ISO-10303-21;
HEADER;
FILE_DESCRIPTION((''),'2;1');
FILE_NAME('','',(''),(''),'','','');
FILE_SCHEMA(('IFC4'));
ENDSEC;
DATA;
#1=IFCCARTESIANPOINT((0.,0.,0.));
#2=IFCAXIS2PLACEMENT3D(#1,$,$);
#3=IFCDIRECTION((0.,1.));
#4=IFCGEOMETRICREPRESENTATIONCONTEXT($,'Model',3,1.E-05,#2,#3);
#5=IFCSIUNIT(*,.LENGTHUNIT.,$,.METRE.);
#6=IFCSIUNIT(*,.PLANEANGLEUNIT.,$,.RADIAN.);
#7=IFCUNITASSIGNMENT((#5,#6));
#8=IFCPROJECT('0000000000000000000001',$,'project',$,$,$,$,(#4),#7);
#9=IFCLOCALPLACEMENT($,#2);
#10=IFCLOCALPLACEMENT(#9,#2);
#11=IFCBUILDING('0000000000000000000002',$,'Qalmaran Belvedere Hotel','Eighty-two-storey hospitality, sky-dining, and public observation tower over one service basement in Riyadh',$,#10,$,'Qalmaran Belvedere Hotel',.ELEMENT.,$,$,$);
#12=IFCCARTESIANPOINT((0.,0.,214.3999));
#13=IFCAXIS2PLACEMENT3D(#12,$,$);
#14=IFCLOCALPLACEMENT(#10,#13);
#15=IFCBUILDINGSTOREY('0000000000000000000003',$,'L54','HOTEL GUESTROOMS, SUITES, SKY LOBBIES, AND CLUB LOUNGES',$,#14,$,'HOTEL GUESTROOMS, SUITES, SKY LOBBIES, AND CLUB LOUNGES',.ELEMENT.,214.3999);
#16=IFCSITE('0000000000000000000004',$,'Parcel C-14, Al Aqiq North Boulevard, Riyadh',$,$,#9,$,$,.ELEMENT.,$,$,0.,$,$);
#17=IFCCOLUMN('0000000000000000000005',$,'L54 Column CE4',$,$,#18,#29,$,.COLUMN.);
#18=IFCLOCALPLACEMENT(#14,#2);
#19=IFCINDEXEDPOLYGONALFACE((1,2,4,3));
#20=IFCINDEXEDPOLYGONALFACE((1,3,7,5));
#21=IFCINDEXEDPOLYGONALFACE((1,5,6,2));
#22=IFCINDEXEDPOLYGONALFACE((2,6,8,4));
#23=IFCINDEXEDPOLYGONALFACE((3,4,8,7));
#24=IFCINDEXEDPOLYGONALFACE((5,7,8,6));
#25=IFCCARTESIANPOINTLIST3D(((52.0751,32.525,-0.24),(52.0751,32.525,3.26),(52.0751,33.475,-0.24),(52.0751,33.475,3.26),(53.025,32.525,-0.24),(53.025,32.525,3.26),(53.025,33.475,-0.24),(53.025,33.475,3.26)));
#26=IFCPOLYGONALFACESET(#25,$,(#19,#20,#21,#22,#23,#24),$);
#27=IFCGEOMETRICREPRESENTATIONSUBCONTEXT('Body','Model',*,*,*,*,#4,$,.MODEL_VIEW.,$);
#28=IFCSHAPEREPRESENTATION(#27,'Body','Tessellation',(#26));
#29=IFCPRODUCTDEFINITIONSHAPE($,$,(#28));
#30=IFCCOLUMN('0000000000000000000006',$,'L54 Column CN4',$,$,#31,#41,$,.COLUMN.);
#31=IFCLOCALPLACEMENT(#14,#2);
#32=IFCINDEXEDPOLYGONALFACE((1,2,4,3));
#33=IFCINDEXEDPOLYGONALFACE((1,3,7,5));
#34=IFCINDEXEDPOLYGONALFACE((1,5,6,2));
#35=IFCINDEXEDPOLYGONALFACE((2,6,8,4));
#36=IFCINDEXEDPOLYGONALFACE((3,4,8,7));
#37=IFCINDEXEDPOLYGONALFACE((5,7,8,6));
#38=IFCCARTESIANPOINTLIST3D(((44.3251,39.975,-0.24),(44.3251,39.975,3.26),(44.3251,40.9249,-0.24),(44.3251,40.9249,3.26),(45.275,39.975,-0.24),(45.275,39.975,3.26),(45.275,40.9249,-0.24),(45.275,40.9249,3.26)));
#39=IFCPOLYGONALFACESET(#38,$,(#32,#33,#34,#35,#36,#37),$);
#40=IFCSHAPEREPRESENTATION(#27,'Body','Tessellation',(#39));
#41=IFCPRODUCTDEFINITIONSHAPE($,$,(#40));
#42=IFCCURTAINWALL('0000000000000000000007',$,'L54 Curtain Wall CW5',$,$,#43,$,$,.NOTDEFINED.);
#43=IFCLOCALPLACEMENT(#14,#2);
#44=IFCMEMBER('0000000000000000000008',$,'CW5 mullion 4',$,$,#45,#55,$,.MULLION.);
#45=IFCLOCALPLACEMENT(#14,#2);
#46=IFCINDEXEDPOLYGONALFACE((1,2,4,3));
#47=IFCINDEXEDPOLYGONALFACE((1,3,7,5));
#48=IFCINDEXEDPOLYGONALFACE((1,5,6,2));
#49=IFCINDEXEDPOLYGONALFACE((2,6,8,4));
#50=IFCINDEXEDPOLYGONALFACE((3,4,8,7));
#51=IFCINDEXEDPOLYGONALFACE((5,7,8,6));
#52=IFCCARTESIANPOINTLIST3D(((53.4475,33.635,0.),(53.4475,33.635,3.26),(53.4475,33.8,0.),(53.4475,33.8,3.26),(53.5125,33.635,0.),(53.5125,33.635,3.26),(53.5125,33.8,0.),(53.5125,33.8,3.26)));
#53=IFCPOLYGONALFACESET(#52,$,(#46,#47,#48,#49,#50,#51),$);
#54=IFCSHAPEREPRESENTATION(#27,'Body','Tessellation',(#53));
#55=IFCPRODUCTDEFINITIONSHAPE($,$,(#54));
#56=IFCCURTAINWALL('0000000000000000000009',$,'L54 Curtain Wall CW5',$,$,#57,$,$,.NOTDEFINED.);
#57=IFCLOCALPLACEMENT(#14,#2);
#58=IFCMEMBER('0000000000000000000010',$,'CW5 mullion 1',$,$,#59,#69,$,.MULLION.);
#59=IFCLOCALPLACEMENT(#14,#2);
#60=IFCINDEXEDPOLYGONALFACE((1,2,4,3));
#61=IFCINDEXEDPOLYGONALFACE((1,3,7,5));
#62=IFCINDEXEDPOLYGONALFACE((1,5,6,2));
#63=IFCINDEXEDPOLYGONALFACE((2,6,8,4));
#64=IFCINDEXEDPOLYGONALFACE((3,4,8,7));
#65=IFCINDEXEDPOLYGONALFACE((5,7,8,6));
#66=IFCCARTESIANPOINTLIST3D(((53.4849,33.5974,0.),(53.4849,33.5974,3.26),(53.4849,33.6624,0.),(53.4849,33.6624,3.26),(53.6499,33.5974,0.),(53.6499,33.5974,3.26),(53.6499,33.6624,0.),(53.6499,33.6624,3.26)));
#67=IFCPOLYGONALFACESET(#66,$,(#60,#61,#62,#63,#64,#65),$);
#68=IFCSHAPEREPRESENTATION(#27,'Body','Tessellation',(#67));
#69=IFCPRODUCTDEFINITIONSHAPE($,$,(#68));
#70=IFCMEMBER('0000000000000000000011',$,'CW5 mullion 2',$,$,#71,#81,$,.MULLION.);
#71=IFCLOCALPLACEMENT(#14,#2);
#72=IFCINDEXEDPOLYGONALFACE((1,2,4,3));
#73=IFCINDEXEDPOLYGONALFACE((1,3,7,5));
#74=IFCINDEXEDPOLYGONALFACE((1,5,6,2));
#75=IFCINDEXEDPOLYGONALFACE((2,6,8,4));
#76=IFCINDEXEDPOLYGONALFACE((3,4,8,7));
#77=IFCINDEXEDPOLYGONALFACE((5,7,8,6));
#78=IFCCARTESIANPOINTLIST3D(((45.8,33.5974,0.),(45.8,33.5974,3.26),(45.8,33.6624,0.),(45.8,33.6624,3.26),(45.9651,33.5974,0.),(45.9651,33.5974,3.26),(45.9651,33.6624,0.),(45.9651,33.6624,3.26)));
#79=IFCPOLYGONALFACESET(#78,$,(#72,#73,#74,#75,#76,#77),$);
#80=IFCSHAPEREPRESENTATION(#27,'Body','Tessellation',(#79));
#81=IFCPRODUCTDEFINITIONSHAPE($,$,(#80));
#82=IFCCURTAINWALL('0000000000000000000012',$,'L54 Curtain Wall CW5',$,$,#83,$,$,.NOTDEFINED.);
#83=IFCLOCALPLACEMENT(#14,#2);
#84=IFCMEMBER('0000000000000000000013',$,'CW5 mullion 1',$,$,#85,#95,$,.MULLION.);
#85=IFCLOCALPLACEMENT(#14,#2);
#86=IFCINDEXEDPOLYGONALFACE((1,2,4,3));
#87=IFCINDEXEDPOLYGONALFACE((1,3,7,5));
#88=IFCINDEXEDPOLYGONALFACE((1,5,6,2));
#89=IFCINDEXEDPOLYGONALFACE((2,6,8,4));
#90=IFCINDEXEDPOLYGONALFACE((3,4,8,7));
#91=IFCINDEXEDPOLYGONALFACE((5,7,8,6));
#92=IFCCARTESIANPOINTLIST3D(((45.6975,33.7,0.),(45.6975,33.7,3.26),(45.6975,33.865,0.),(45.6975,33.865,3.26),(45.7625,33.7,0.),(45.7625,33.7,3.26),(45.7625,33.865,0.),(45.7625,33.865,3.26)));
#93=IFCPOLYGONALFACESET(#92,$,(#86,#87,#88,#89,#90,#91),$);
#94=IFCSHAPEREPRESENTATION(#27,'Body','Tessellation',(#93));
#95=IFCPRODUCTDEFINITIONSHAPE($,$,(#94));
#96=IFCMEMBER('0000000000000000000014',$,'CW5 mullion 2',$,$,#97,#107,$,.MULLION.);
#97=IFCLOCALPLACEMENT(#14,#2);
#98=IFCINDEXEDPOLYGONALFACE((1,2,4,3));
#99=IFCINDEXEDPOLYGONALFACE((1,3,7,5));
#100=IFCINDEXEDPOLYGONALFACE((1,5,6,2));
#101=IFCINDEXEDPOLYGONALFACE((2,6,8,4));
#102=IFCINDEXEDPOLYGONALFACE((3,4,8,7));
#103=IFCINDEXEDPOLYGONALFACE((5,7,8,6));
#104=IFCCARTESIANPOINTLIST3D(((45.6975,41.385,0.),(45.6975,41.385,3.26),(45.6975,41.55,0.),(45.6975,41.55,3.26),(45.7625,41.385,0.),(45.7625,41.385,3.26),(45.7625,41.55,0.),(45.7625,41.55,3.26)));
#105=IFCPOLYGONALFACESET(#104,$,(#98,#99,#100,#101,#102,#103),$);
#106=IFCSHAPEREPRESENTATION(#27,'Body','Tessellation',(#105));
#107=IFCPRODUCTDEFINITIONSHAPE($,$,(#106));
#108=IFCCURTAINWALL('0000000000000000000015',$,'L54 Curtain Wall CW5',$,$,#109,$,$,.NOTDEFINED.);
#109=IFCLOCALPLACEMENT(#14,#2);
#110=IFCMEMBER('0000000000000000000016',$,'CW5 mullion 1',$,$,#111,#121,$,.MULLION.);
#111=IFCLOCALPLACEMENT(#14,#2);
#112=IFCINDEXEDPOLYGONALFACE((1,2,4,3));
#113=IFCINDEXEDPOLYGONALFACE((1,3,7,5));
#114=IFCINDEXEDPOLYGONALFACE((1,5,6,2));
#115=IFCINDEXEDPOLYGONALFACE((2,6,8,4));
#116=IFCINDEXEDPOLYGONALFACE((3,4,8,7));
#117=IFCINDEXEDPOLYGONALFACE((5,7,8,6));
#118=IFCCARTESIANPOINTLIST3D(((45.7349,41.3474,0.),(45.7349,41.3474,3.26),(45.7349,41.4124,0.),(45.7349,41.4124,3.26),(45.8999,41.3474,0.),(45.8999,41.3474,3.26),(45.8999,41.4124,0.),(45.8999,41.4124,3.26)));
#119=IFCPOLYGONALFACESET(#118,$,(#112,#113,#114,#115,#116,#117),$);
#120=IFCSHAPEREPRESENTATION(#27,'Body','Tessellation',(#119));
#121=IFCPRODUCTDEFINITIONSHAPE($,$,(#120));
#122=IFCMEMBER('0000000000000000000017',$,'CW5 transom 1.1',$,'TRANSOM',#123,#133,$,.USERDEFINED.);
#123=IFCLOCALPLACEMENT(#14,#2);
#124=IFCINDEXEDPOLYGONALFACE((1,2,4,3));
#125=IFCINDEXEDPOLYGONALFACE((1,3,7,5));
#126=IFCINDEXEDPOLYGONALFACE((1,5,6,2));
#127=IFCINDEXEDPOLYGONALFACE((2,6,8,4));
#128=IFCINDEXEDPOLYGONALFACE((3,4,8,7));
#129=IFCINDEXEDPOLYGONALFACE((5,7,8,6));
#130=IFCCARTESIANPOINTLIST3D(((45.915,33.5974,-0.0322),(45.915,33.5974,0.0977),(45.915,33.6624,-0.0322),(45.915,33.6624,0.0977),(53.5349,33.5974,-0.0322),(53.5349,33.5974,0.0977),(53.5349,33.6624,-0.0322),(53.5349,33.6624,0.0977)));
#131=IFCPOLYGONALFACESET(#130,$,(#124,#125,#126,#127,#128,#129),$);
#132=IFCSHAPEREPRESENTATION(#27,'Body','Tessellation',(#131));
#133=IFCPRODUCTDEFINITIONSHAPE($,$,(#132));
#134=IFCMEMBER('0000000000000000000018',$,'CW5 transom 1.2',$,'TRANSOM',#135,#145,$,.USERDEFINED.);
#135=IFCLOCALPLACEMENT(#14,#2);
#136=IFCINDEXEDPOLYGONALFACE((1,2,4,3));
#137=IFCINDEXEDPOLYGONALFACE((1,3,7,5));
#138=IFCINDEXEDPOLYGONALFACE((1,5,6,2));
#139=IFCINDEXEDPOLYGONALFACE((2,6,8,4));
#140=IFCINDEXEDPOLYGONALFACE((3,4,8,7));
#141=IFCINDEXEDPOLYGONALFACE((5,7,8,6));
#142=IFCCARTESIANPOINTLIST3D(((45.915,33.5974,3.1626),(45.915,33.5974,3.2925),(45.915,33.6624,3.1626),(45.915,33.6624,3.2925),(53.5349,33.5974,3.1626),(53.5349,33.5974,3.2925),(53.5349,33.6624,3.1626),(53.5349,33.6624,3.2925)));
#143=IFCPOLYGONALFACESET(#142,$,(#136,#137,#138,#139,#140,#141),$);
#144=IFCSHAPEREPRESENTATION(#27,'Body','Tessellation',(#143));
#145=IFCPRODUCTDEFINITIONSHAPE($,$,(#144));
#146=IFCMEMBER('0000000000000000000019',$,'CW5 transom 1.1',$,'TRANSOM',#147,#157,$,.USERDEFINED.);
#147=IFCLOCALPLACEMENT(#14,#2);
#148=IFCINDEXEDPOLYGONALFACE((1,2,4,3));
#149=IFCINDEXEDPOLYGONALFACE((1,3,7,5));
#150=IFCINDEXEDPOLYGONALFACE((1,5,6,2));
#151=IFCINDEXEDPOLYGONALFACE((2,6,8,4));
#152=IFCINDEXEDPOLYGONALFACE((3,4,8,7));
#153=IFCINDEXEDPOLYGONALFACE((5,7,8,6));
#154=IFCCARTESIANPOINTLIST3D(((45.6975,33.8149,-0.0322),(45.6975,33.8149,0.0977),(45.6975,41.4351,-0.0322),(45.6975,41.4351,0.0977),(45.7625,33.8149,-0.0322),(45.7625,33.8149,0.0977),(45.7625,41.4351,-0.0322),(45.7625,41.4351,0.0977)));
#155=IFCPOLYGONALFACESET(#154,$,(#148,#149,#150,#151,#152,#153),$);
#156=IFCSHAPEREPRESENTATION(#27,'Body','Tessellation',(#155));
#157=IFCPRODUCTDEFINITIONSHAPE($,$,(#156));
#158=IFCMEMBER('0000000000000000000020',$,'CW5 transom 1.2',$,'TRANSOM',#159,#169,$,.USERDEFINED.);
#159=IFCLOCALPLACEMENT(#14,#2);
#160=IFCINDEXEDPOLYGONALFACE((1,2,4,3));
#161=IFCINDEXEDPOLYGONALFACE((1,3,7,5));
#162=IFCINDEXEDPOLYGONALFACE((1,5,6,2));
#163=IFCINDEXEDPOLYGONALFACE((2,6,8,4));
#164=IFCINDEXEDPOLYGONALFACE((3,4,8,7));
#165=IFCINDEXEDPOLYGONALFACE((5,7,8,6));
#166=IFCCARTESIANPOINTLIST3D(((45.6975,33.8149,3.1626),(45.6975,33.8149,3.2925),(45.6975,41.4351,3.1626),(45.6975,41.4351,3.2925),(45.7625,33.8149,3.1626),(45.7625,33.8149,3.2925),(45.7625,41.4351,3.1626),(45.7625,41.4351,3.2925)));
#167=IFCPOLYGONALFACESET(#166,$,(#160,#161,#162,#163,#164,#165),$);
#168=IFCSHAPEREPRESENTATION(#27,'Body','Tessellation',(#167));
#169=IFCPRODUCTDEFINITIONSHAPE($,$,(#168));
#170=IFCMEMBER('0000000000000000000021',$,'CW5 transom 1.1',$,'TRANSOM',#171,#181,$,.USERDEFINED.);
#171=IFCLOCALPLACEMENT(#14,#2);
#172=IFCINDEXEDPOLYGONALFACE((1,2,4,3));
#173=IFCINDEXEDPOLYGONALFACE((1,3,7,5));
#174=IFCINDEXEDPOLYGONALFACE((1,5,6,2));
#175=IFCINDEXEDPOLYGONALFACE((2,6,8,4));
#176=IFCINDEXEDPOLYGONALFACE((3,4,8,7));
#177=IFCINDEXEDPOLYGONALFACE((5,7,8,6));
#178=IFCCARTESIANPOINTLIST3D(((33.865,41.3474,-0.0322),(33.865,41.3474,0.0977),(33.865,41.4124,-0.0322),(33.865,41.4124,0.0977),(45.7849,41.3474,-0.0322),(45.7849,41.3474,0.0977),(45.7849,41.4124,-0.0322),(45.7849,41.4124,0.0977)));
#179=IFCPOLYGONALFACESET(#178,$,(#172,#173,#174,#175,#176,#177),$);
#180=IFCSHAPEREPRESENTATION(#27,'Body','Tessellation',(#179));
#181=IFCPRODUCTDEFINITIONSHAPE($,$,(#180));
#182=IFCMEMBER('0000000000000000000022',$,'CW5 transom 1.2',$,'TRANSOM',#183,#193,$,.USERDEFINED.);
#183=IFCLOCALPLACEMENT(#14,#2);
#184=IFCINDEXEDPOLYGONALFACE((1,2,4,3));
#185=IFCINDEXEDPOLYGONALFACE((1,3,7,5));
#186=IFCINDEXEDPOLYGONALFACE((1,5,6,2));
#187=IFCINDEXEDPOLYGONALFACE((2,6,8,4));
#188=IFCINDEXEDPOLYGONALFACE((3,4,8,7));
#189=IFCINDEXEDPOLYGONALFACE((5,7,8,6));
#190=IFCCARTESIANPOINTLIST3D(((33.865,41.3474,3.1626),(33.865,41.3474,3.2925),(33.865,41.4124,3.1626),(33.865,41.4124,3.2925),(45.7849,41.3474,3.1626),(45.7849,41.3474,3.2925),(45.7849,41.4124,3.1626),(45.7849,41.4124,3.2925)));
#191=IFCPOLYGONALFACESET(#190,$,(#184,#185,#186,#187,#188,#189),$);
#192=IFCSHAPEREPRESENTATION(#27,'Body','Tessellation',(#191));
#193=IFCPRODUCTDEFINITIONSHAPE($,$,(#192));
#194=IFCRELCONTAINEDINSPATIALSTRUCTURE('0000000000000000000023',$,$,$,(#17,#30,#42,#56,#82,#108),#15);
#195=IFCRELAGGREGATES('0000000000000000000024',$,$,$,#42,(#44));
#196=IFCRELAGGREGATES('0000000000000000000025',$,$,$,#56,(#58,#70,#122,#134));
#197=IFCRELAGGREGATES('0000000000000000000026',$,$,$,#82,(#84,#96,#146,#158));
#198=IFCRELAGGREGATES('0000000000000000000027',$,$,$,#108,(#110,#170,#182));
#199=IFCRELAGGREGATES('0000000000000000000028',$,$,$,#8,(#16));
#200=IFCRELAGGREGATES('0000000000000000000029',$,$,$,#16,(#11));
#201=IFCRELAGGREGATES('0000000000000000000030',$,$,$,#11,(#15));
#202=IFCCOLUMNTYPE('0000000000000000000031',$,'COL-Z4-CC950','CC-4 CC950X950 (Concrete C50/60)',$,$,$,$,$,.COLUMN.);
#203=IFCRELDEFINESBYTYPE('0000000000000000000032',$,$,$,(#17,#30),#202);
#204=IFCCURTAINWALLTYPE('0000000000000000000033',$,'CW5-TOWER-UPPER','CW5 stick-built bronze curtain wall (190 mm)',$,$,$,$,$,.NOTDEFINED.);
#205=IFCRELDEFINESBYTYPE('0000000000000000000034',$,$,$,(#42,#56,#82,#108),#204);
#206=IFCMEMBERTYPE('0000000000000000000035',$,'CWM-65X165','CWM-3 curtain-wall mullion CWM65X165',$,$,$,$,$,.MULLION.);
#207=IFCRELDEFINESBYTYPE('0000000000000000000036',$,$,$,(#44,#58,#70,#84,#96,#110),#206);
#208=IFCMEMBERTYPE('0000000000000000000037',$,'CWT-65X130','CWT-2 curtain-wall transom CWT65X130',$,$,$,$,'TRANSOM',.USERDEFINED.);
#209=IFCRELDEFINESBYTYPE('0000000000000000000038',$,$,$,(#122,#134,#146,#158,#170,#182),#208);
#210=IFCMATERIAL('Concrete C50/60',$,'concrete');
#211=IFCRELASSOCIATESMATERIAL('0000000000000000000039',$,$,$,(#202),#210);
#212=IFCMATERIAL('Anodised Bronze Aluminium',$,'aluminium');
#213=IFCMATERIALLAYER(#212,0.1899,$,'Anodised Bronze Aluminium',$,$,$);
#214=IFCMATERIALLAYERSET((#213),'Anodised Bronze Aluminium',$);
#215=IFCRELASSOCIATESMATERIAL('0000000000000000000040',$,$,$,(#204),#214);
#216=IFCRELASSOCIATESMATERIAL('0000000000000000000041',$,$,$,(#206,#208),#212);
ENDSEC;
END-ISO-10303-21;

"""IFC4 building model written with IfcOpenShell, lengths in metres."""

from ifc_helpers import new_model, si_unit, direction, frame, origin, origin_2d, place, context, subcontext, project, spatial, rectangle, extrude, material, layer, layer_set, material_profile, profile_set, type_object, element, aggregate, save


model = new_model("IFC4")

# Units and contexts
model_context = context("Model", 3, precision=1e-05, world=origin(), true_north=direction((0.0, 1.0)))
body_context = subcontext(model_context, "Body", "Model", "MODEL_VIEW")
ifc_project = project(units=[si_unit("LENGTHUNIT", "METRE"), si_unit("PLANEANGLEUNIT", "RADIAN")], contexts=[model_context])

# Site, building, storey
site_placement = place(None, origin())
site = spatial("IfcSite", under=ifc_project, at=site_placement, Name="Parcel C-14, Al Aqiq North Boulevard, Riyadh", CompositionType="ELEMENT", RefElevation=0.0)
building_placement = place(site_placement, origin())
building = spatial("IfcBuilding", under=site, at=building_placement, Name="Qalmaran Belvedere Hotel", Description="Eighty-two-storey hospitality, sky-dining, and public observation tower over one service basement in Riyadh", LongName="Qalmaran Belvedere Hotel", CompositionType="ELEMENT")
storey_placement = place(building_placement, frame((0.0, 0.0, 214.3999)))
storey = spatial("IfcBuildingStorey", under=building, at=storey_placement, Name="L54", Description="HOTEL GUESTROOMS, SUITES, SKY LOBBIES, AND CLUB LOUNGES", LongName="HOTEL GUESTROOMS, SUITES, SKY LOBBIES, AND CLUB LOUNGES", CompositionType="ELEMENT", Elevation=214.3999)

# Columns
ifc_material_1 = material(Name="Concrete C50/60", Category="concrete")
ifc_material_profile_1 = material_profile(ifc_material_1, rectangle(XDim=0.95, YDim=0.95, at=origin_2d()), Name="CC950X950")
ifc_profile_set_1 = profile_set([ifc_material_profile_1], Name="Concrete C50/60")
column_type = type_object("IfcColumnType", Name="COL-Z4-CC950", Description="CC-4 CC950X950 (Concrete C50/60)", PredefinedType="COLUMN", material=ifc_profile_set_1)
for number, where, z_axis, x_axis, name in (
    (1, (52.55, 33.0, -0.24), (0.0, 0.0, 1.0), (1.0, 0.0, 0.0), "L54 Column CE4"),
    (2, (44.8, 40.45, -0.24), (0.0, 0.0, 1.0), (1.0, 0.0, 0.0), "L54 Column CN4"),
):
    element("IfcColumn", number, at=place(storey_placement, frame(where, z_axis=z_axis, x_axis=x_axis)), inside=storey, type_object=column_type, Name=name, PredefinedType="COLUMN", context=body_context, shape_type="SweptSolid", body=[
        extrude(rectangle(XDim=0.95, YDim=0.95, at=origin_2d()), origin(), (0.0, 0.0, 1.0), 3.5),
    ])

# Curtain wall, member
ifc_material_2 = material(Name="Anodised Bronze Aluminium", Category="aluminium")
ifc_layer_1 = layer(ifc_material_2, 0.1899, Name="Anodised Bronze Aluminium")
ifc_layer_set_1 = layer_set([ifc_layer_1], Name="Anodised Bronze Aluminium")
curtain_wall_type = type_object("IfcCurtainWallType", Name="CW5-TOWER-UPPER", Description="CW5 stick-built bronze curtain wall (190 mm)", PredefinedType="NOTDEFINED", material=ifc_layer_set_1)
curtain_wall_1_placement = place(storey_placement, origin())
curtain_wall_1 = element("IfcCurtainWall", 3, at=curtain_wall_1_placement, inside=storey, type_object=curtain_wall_type, Name="L54 Curtain Wall CW5", PredefinedType="NOTDEFINED")
ifc_material_profile_2 = material_profile(ifc_material_2, rectangle(XDim=0.0649, YDim=0.165, at=origin_2d()), Name="CWM65X165")
ifc_profile_set_2 = profile_set([ifc_material_profile_2], Name="Anodised Bronze Aluminium")
member_type_1 = type_object("IfcMemberType", Name="CWM-65X165", Description="CWM-3 curtain-wall mullion CWM65X165", PredefinedType="MULLION", material=ifc_profile_set_2)
member_1_placement = place(storey_placement, frame((53.48, 33.7175, 0.0), z_axis=(0.0, 0.0, 1.0), x_axis=(-1.0, 0.0, 0.0)))
member_1 = element("IfcMember", 4, at=member_1_placement, type_object=member_type_1, Name="CW5 mullion 4", PredefinedType="MULLION", context=body_context, shape_type="SweptSolid", body=[
    extrude(rectangle(XDim=0.0649, YDim=0.165, at=origin_2d()), origin(), (0.0, 0.0, 1.0), 3.26),
])
aggregate(curtain_wall_1, [member_1])

# Curtain walls, members
curtain_wall_2_placement = place(storey_placement, origin())
curtain_wall_2 = element("IfcCurtainWall", 5, at=curtain_wall_2_placement, inside=storey, type_object=curtain_wall_type, Name="L54 Curtain Wall CW5", PredefinedType="NOTDEFINED")
member_2_placement = place(storey_placement, frame((53.5674, 33.6299, 0.0), z_axis=(0.0, 0.0, 1.0), x_axis=(0.0, -1.0, 0.0)))
member_2 = element("IfcMember", 6, at=member_2_placement, type_object=member_type_1, Name="CW5 mullion 1", PredefinedType="MULLION", context=body_context, shape_type="SweptSolid", body=[
    extrude(rectangle(XDim=0.0649, YDim=0.165, at=origin_2d()), origin(), (0.0, 0.0, 1.0), 3.26),
])
member_3_placement = place(storey_placement, frame((45.8826, 33.6299, 0.0), z_axis=(0.0, 0.0, 1.0), x_axis=(0.0, -1.0, 0.0)))
member_3 = element("IfcMember", 7, at=member_3_placement, type_object=member_type_1, Name="CW5 mullion 2", PredefinedType="MULLION", context=body_context, shape_type="SweptSolid", body=[
    extrude(rectangle(XDim=0.0649, YDim=0.165, at=origin_2d()), origin(), (0.0, 0.0, 1.0), 3.26),
])
curtain_wall_3_placement = place(storey_placement, origin())
curtain_wall_3 = element("IfcCurtainWall", 8, at=curtain_wall_3_placement, inside=storey, type_object=curtain_wall_type, Name="L54 Curtain Wall CW5", PredefinedType="NOTDEFINED")
member_4_placement = place(storey_placement, frame((45.73, 33.7825, 0.0), z_axis=(0.0, 0.0, 1.0), x_axis=(-1.0, 0.0, 0.0)))
member_4 = element("IfcMember", 9, at=member_4_placement, type_object=member_type_1, Name="CW5 mullion 1", PredefinedType="MULLION", context=body_context, shape_type="SweptSolid", body=[
    extrude(rectangle(XDim=0.0649, YDim=0.165, at=origin_2d()), origin(), (0.0, 0.0, 1.0), 3.26),
])
member_5_placement = place(storey_placement, frame((45.73, 41.4675, 0.0), z_axis=(0.0, 0.0, 1.0), x_axis=(-1.0, 0.0, 0.0)))
member_5 = element("IfcMember", 10, at=member_5_placement, type_object=member_type_1, Name="CW5 mullion 2", PredefinedType="MULLION", context=body_context, shape_type="SweptSolid", body=[
    extrude(rectangle(XDim=0.0649, YDim=0.165, at=origin_2d()), origin(), (0.0, 0.0, 1.0), 3.26),
])

# Curtain wall, member
curtain_wall_4_placement = place(storey_placement, origin())
curtain_wall_4 = element("IfcCurtainWall", 11, at=curtain_wall_4_placement, inside=storey, type_object=curtain_wall_type, Name="L54 Curtain Wall CW5", PredefinedType="NOTDEFINED")
member_6_placement = place(storey_placement, frame((45.8174, 41.3799, 0.0), z_axis=(0.0, 0.0, 1.0), x_axis=(0.0, -1.0, 0.0)))
member_6 = element("IfcMember", 12, at=member_6_placement, type_object=member_type_1, Name="CW5 mullion 1", PredefinedType="MULLION", context=body_context, shape_type="SweptSolid", body=[
    extrude(rectangle(XDim=0.0649, YDim=0.165, at=origin_2d()), origin(), (0.0, 0.0, 1.0), 3.26),
])

# Members
ifc_material_profile_3 = material_profile(ifc_material_2, rectangle(XDim=0.0649, YDim=0.1299, at=origin_2d()), Name="CWT65X130")
ifc_profile_set_3 = profile_set([ifc_material_profile_3], Name="Anodised Bronze Aluminium")
member_type_2 = type_object("IfcMemberType", Name="CWT-65X130", Description="CWT-2 curtain-wall transom CWT65X130", ElementType="TRANSOM", PredefinedType="USERDEFINED", material=ifc_profile_set_3)
member_7_placement = place(storey_placement, frame((53.5349, 33.6299, 0.0327), z_axis=(-1.0, 0.0, 0.0), x_axis=(0.0, -1.0, 0.0)))
member_7 = element("IfcMember", 13, at=member_7_placement, type_object=member_type_2, Name="CW5 transom 1.1", ObjectType="TRANSOM", PredefinedType="USERDEFINED", context=body_context, shape_type="SweptSolid", body=[
    extrude(rectangle(XDim=0.0649, YDim=0.1299, at=origin_2d()), origin(), (0.0, 0.0, 1.0), 7.6199),
])
member_8_placement = place(storey_placement, frame((53.5349, 33.6299, 3.2275), z_axis=(-1.0, 0.0, 0.0), x_axis=(0.0, -1.0, 0.0)))
member_8 = element("IfcMember", 14, at=member_8_placement, type_object=member_type_2, Name="CW5 transom 1.2", ObjectType="TRANSOM", PredefinedType="USERDEFINED", context=body_context, shape_type="SweptSolid", body=[
    extrude(rectangle(XDim=0.0649, YDim=0.1299, at=origin_2d()), origin(), (0.0, 0.0, 1.0), 7.6199),
])
member_9_placement = place(storey_placement, frame((45.73, 33.8149, 0.0327), z_axis=(0.0, 1.0, 0.0), x_axis=(-1.0, 0.0, 0.0)))
member_9 = element("IfcMember", 15, at=member_9_placement, type_object=member_type_2, Name="CW5 transom 1.1", ObjectType="TRANSOM", PredefinedType="USERDEFINED", context=body_context, shape_type="SweptSolid", body=[
    extrude(rectangle(XDim=0.0649, YDim=0.1299, at=origin_2d()), origin(), (0.0, 0.0, 1.0), 7.6201),
])
member_10_placement = place(storey_placement, frame((45.73, 33.8149, 3.2275), z_axis=(0.0, 1.0, 0.0), x_axis=(-1.0, 0.0, 0.0)))
member_10 = element("IfcMember", 16, at=member_10_placement, type_object=member_type_2, Name="CW5 transom 1.2", ObjectType="TRANSOM", PredefinedType="USERDEFINED", context=body_context, shape_type="SweptSolid", body=[
    extrude(rectangle(XDim=0.0649, YDim=0.1299, at=origin_2d()), origin(), (0.0, 0.0, 1.0), 7.6201),
])
member_11_placement = place(storey_placement, frame((45.7849, 41.3799, 0.0327), z_axis=(-1.0, 0.0, 0.0), x_axis=(0.0, -1.0, 0.0)))
member_11 = element("IfcMember", 17, at=member_11_placement, type_object=member_type_2, Name="CW5 transom 1.1", ObjectType="TRANSOM", PredefinedType="USERDEFINED", context=body_context, shape_type="SweptSolid", body=[
    extrude(rectangle(XDim=0.0649, YDim=0.1299, at=origin_2d()), origin(), (0.0, 0.0, 1.0), 11.9199),
])
member_12_placement = place(storey_placement, frame((45.7849, 41.3799, 3.2275), z_axis=(-1.0, 0.0, 0.0), x_axis=(0.0, -1.0, 0.0)))
member_12 = element("IfcMember", 18, at=member_12_placement, type_object=member_type_2, Name="CW5 transom 1.2", ObjectType="TRANSOM", PredefinedType="USERDEFINED", context=body_context, shape_type="SweptSolid", body=[
    extrude(rectangle(XDim=0.0649, YDim=0.1299, at=origin_2d()), origin(), (0.0, 0.0, 1.0), 11.9199),
])

aggregate(curtain_wall_2, [member_2, member_3, member_7, member_8])
aggregate(curtain_wall_3, [member_4, member_5, member_9, member_10])
aggregate(curtain_wall_4, [member_6, member_11, member_12])

save(model, "model.ifc")
